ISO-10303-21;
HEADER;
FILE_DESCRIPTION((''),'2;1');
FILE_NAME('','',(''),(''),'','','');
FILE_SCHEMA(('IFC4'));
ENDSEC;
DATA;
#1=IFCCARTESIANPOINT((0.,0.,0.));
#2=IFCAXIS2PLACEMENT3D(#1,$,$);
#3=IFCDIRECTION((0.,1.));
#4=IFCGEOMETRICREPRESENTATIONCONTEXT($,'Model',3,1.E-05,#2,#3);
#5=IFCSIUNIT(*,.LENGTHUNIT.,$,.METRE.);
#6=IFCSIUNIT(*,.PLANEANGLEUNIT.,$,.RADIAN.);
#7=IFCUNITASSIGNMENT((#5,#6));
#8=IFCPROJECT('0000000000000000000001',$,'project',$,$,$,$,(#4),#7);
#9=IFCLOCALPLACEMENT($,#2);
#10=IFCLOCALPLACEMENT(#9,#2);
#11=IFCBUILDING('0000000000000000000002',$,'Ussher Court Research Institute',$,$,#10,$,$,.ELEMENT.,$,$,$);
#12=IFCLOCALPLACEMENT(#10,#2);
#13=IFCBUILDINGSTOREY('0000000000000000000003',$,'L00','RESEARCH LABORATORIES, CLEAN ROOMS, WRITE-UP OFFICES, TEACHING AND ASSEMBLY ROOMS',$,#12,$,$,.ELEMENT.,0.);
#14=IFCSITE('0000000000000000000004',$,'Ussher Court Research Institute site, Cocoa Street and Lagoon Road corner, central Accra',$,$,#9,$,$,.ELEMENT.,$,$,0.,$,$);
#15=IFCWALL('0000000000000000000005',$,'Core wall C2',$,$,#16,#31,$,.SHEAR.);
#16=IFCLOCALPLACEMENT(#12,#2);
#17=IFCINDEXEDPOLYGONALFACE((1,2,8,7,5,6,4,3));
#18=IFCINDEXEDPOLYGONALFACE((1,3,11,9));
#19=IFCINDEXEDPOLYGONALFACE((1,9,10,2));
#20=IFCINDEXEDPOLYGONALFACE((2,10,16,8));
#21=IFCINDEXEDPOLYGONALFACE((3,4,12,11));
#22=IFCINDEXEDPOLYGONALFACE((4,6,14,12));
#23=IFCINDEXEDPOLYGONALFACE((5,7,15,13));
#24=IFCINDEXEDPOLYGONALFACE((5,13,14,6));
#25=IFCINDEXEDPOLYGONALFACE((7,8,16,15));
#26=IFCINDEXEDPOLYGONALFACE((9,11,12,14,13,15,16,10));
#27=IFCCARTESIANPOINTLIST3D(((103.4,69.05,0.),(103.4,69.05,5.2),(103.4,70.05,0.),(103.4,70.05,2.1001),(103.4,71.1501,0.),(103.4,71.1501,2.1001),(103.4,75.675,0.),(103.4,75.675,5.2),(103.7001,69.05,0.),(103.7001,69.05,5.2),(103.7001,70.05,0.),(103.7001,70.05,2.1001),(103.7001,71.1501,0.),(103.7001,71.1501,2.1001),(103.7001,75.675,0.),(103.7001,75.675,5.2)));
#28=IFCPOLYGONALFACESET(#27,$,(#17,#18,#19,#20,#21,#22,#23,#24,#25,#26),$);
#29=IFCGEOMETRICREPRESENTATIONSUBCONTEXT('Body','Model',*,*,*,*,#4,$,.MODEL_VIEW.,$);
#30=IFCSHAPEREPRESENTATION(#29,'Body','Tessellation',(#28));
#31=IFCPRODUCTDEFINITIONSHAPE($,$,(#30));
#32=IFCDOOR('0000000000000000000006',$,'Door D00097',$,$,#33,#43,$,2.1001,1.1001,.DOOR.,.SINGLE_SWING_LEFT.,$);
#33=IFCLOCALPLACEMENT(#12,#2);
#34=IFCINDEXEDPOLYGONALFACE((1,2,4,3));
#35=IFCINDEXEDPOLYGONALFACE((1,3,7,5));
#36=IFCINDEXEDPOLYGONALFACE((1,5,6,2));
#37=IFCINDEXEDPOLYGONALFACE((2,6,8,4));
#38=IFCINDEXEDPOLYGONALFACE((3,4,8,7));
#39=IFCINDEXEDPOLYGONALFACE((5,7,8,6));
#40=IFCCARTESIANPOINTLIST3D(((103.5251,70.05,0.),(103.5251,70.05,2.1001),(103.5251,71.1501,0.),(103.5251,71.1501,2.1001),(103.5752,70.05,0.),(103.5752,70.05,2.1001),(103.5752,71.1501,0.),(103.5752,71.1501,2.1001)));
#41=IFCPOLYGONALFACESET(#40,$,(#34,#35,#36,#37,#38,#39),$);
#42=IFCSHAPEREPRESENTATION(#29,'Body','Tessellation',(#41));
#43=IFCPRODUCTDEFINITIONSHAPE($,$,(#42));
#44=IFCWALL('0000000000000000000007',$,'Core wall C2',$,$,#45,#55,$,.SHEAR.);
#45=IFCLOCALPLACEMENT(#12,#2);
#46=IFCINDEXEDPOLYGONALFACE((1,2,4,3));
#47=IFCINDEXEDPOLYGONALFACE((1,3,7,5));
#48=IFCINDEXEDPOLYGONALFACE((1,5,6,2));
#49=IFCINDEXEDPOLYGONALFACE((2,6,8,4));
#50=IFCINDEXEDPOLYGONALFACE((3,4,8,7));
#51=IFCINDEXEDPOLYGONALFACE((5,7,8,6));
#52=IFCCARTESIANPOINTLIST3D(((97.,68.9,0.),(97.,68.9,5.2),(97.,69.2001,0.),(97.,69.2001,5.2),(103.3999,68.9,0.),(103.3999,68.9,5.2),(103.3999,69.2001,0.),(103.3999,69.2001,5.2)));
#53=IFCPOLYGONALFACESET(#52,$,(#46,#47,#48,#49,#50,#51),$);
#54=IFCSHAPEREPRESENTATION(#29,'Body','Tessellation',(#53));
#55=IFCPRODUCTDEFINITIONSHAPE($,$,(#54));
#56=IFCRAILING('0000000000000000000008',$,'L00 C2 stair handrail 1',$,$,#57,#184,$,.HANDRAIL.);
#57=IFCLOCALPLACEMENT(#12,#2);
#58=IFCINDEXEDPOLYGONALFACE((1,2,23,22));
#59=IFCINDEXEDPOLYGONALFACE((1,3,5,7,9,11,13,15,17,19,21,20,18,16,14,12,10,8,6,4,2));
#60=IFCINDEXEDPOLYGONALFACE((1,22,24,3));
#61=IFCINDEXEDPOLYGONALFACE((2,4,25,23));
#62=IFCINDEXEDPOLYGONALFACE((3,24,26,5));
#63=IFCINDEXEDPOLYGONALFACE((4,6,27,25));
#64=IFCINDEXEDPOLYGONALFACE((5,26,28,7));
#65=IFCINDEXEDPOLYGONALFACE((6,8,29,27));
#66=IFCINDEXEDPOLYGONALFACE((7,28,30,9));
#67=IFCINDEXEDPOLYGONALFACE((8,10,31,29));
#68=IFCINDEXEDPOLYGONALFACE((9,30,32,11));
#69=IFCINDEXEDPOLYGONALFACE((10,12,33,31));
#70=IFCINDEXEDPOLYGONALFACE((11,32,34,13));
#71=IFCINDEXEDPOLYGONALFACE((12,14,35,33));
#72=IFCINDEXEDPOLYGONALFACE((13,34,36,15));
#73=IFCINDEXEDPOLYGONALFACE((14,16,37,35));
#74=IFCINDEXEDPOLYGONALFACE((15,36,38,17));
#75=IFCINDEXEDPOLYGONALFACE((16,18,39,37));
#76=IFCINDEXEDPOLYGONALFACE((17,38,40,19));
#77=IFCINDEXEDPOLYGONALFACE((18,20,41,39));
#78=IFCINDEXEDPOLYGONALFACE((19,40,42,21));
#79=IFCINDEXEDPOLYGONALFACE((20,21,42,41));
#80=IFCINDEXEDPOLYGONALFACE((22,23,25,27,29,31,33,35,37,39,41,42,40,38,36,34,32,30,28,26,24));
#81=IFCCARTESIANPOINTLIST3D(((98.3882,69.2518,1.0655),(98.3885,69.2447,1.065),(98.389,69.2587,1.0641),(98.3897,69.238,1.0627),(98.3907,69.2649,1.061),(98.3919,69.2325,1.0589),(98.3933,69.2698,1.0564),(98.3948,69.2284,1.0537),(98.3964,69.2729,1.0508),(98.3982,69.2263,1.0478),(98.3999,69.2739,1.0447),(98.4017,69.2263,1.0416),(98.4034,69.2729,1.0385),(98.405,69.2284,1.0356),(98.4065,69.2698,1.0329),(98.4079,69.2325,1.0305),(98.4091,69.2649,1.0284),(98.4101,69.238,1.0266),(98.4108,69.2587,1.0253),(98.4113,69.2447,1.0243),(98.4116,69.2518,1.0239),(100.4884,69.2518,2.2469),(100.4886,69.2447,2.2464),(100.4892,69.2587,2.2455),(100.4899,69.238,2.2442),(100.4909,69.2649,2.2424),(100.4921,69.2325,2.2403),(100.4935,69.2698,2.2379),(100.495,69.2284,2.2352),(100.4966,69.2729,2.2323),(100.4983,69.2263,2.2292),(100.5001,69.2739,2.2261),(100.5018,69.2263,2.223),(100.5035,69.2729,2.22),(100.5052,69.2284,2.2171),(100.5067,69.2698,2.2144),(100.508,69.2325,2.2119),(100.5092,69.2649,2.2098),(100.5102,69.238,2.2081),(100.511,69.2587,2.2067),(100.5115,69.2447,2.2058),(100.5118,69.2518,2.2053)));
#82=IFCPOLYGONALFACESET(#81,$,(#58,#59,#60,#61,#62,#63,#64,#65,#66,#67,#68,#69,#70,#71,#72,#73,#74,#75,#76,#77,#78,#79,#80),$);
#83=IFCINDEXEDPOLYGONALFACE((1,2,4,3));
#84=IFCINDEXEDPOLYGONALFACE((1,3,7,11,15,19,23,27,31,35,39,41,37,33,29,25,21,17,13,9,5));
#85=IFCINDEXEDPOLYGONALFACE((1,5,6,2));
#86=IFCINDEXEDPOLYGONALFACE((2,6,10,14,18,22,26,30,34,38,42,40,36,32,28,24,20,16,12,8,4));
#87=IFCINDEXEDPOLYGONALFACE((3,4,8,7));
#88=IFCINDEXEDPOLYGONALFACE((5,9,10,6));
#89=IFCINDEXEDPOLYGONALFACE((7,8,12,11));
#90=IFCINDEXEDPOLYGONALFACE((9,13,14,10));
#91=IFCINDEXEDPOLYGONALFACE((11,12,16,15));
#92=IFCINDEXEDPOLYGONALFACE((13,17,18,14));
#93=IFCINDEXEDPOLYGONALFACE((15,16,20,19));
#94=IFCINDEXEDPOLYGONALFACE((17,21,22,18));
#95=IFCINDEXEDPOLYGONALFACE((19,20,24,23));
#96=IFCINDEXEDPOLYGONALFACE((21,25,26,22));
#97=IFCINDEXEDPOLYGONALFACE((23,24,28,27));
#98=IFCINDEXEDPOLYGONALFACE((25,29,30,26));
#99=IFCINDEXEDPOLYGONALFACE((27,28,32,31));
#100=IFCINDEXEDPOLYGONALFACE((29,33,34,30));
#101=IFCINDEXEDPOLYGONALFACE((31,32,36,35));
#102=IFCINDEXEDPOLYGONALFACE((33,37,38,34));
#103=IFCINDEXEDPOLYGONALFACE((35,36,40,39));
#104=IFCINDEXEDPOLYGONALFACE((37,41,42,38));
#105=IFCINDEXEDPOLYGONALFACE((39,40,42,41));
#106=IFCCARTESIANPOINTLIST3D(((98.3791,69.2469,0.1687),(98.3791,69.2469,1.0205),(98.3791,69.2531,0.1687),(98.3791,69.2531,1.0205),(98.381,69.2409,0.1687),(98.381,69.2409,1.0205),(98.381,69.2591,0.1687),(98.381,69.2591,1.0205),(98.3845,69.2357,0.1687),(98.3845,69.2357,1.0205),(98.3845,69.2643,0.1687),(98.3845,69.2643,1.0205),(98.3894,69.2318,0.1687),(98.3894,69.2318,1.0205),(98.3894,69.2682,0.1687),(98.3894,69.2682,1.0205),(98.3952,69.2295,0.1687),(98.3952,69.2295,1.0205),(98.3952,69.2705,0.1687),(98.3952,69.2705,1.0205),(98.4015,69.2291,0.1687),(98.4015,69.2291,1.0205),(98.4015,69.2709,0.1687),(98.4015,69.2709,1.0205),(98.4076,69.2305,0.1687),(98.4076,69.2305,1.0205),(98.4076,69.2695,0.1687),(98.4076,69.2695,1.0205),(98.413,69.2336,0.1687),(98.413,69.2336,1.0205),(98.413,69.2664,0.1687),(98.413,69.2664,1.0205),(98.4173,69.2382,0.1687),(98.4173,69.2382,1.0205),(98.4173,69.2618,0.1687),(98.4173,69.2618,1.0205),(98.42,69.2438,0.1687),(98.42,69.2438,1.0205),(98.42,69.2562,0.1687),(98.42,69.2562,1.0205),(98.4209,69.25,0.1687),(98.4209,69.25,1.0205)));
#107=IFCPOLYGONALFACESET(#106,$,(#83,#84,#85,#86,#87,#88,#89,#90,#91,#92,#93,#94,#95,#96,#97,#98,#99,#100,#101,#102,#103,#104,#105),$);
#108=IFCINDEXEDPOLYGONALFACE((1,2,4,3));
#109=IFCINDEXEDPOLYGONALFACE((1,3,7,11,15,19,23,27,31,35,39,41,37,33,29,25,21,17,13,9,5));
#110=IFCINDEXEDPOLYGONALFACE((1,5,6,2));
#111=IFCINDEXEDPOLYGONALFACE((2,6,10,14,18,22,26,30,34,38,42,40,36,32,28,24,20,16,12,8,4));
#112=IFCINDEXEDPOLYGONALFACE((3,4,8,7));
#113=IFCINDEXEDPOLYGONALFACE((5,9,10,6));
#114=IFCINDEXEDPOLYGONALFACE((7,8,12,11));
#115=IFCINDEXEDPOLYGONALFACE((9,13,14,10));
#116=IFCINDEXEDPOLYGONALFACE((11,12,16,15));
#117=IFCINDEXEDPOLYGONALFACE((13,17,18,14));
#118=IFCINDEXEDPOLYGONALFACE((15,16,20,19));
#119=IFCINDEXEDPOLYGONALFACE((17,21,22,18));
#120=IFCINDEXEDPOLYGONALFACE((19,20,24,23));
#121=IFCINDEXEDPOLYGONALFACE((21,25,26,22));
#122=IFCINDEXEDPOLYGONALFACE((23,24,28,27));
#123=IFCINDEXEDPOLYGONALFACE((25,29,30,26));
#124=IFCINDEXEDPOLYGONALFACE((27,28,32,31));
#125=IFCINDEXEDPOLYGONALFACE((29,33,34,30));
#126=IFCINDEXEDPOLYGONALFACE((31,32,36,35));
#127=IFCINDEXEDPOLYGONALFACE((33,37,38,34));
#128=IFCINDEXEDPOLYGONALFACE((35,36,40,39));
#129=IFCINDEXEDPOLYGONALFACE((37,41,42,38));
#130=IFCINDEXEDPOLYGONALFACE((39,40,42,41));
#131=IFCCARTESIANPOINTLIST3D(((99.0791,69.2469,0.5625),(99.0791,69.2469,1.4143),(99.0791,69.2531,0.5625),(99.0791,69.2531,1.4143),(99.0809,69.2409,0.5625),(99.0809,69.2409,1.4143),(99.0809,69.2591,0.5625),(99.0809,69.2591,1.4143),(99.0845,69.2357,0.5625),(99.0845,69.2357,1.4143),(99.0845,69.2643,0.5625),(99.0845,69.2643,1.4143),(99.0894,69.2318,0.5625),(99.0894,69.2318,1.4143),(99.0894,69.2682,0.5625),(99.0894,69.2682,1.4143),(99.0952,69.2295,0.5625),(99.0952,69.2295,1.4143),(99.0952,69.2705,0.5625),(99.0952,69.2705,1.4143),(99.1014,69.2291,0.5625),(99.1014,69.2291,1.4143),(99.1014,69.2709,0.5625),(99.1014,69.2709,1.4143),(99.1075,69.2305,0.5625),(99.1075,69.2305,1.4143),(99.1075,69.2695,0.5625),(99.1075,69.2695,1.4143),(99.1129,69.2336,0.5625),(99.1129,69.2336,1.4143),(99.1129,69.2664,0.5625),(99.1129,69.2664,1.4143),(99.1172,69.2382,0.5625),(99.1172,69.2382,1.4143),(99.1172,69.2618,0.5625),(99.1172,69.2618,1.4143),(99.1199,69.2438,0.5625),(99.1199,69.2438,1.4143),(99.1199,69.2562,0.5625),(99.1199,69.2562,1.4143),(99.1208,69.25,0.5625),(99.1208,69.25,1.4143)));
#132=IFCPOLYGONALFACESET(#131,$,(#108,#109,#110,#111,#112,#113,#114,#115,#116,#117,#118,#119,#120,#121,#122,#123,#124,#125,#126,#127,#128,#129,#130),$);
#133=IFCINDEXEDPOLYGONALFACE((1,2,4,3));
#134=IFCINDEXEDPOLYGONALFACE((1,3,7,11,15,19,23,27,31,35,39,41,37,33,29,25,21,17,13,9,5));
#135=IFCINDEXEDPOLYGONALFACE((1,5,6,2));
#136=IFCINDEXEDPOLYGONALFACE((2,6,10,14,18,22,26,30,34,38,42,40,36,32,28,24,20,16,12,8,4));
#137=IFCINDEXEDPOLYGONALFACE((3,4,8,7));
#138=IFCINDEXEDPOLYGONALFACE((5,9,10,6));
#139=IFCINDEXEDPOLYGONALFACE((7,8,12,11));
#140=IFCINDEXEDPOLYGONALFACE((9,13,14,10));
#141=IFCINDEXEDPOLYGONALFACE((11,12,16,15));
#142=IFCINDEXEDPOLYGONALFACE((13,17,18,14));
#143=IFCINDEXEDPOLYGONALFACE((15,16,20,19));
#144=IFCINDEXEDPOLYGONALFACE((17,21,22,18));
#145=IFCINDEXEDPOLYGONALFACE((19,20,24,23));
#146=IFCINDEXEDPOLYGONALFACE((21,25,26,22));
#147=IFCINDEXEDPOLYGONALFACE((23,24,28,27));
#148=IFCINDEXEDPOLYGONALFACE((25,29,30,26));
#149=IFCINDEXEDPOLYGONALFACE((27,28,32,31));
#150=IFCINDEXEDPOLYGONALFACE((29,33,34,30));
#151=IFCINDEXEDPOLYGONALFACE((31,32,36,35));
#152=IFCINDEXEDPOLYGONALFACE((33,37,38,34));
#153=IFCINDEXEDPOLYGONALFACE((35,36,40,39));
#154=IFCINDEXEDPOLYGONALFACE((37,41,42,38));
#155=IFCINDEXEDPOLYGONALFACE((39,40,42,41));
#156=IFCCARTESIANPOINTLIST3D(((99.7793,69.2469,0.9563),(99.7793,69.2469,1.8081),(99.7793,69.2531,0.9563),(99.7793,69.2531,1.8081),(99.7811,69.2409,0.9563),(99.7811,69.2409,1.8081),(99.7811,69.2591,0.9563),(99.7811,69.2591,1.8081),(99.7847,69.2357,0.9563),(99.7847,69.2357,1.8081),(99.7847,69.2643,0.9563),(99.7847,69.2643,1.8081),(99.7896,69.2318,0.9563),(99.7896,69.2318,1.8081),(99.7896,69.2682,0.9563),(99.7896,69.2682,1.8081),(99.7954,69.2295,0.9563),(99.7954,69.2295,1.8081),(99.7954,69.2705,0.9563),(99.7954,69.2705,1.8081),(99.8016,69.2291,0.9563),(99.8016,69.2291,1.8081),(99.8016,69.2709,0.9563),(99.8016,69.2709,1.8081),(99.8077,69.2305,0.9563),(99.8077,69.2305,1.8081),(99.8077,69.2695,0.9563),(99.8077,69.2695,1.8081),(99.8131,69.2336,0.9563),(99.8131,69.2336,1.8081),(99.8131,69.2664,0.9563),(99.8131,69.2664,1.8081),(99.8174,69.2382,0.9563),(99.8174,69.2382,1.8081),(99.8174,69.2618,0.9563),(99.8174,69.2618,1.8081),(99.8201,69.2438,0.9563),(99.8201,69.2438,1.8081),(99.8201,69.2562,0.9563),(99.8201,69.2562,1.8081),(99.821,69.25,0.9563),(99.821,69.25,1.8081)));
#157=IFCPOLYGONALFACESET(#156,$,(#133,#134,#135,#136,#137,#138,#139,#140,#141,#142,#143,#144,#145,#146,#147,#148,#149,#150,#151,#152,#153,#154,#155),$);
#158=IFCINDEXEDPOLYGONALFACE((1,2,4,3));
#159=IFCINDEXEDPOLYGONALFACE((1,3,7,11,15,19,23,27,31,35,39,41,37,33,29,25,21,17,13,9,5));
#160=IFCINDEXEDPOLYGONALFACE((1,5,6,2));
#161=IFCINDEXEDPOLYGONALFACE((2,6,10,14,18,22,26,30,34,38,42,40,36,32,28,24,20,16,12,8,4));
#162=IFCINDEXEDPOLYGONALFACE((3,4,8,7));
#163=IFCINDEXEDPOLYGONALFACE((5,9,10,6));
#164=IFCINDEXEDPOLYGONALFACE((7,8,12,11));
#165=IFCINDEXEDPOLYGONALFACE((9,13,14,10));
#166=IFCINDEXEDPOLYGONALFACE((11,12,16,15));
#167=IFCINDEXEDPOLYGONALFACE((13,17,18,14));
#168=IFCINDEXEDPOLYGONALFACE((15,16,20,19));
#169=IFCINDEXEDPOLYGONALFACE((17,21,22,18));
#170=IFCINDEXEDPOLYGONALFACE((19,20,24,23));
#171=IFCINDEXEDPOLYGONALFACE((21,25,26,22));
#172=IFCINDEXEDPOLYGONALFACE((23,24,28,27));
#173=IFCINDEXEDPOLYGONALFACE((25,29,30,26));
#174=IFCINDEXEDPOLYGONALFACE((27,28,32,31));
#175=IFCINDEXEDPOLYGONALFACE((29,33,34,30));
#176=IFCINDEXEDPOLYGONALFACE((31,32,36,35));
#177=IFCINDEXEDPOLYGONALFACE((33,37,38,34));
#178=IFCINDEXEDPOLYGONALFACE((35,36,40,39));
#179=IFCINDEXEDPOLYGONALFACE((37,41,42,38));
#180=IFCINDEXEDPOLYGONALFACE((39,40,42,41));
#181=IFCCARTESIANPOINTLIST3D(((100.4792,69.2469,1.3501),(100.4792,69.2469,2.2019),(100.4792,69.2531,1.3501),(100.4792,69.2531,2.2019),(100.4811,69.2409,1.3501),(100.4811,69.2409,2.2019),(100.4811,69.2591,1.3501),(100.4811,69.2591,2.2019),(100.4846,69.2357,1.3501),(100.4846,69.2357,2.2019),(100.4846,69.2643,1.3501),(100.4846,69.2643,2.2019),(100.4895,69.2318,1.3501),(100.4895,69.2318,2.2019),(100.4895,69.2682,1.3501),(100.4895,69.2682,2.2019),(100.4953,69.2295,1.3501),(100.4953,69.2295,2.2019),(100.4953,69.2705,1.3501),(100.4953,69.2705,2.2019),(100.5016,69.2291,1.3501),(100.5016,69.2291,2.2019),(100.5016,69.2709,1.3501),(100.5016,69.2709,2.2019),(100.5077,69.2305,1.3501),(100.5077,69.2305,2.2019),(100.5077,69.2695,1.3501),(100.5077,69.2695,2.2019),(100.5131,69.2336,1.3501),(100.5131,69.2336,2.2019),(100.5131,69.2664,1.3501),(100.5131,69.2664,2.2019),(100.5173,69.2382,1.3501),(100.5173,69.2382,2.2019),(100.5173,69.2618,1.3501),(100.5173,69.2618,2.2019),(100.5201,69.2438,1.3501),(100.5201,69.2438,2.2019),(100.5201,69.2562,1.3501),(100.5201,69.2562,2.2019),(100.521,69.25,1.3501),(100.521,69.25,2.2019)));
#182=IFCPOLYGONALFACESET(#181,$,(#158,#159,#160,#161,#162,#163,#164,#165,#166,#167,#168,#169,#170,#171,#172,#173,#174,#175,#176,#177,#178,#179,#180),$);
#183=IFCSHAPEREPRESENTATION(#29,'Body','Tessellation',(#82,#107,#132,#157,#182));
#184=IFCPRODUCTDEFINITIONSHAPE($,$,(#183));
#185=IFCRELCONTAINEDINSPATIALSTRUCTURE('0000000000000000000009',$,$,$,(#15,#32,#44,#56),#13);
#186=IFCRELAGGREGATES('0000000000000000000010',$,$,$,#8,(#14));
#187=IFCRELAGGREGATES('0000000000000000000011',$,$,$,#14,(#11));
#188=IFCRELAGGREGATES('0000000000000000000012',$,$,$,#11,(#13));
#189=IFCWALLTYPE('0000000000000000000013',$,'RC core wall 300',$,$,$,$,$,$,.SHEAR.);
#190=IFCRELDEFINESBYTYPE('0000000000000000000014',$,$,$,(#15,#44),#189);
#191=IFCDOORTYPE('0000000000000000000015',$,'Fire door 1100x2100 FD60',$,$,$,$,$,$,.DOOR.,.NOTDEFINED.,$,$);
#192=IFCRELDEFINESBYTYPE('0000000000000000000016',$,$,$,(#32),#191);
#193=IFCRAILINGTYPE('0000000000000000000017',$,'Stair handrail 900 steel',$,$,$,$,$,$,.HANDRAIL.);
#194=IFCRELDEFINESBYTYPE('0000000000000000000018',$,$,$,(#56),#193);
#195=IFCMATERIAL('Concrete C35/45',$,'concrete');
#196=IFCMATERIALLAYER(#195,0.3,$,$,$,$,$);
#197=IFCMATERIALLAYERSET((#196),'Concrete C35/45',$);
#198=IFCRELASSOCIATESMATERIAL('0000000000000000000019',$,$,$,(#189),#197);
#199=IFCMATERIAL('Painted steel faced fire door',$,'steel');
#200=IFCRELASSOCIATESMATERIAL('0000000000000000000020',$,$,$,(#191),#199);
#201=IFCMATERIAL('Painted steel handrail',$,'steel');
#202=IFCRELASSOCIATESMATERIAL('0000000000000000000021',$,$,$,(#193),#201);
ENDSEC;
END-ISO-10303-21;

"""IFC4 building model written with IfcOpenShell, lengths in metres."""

from ifc_helpers import new_model, si_unit, direction, frame, frame_2d, origin, origin_2d, place, context, subcontext, project, spatial, rectangle, circle, extrude, material, layer, layer_set, type_object, element, fill, save


model = new_model("IFC4")

# Units and contexts
model_context = context("Model", 3, precision=1e-05, world=origin(), true_north=direction((0.0, 1.0)))
body_context = subcontext(model_context, "Body", "Model", "MODEL_VIEW")
ifc_project = project(units=[si_unit("LENGTHUNIT", "METRE"), si_unit("PLANEANGLEUNIT", "RADIAN")], contexts=[model_context])

# Site, building, storey
site_placement = place(None, origin())
site = spatial("IfcSite", under=ifc_project, at=site_placement, Name="Ussher Court Research Institute site, Cocoa Street and Lagoon Road corner, central Accra", CompositionType="ELEMENT", RefElevation=0.0)
building_placement = place(site_placement, origin())
building = spatial("IfcBuilding", under=site, at=building_placement, Name="Ussher Court Research Institute", CompositionType="ELEMENT")
storey_placement = place(building_placement, origin())
storey = spatial("IfcBuildingStorey", under=building, at=storey_placement, Name="L00", Description="RESEARCH LABORATORIES, CLEAN ROOMS, WRITE-UP OFFICES, TEACHING AND ASSEMBLY ROOMS", CompositionType="ELEMENT", Elevation=0.0)

# Wall, opening, door
ifc_material_1 = material(Name="Concrete C35/45", Category="concrete")
ifc_layer_1 = layer(ifc_material_1, 0.3)
ifc_layer_set_1 = layer_set([ifc_layer_1], Name="Concrete C35/45")
wall_type_1 = type_object("IfcWallType", Name="RC core wall 300", PredefinedType="SHEAR", material=ifc_layer_set_1)
wall_1_placement = place(storey_placement, frame((103.55, 69.05, 0.0), z_axis=(0.0, 0.0, 1.0), x_axis=(0.0, 1.0, 0.0)))
wall_1 = element("IfcWall", 1, at=wall_1_placement, inside=storey, type_object=wall_type_1, Name="Core wall C2", PredefinedType="SHEAR", context=body_context, shape_type="SweptSolid", body=[
    extrude(rectangle(XDim=6.625, YDim=0.3, at=frame_2d((3.3125, 0.0))), origin(), (0.0, 0.0, 1.0), 5.2),
])
opening_placement = place(wall_1_placement, frame((1.0, 0.0, 0.0)))
opening = element("IfcOpeningElement", 2, at=opening_placement, cuts=wall_1, PredefinedType="OPENING", context=body_context, shape_type="SweptSolid", body=[
    extrude(rectangle(XDim=1.1001, YDim=2.1001, at=frame_2d((0.55, 1.05))), frame((0.0, 0.1602, 0.0), z_axis=(0.0, -1.0, 0.0), x_axis=(1.0, 0.0, 0.0)), (0.0, 0.0, 1.0), 0.3201),
])
ifc_material_2 = material(Name="Painted steel faced fire door", Category="steel")
door_type = type_object("IfcDoorType", Name="Fire door 1100x2100 FD60", OperationType="NOTDEFINED", PredefinedType="DOOR", material=ifc_material_2)
door_placement = place(opening_placement, origin())
door = element("IfcDoor", 3, at=door_placement, inside=storey, type_object=door_type, Name="Door D00097", OperationType="SINGLE_SWING_LEFT", OverallHeight=2.1001, OverallWidth=1.1001, PredefinedType="DOOR", context=body_context, shape_type="SweptSolid", body=[
    extrude(rectangle(XDim=1.1001, YDim=2.1001, at=frame_2d((0.55, 1.05))), frame((0.0, 0.0249, 0.0), z_axis=(0.0, -1.0, 0.0), x_axis=(1.0, 0.0, 0.0)), (0.0, 0.0, 1.0), 0.05),
])
fill(opening, door)

# Wall
wall_2_placement = place(storey_placement, frame((97.0, 69.05, 0.0), z_axis=(0.0, 0.0, 1.0), x_axis=(1.0, 0.0, 0.0)))
element("IfcWall", 4, at=wall_2_placement, inside=storey, type_object=wall_type_1, Name="Core wall C2", PredefinedType="SHEAR", context=body_context, shape_type="SweptSolid", body=[
    extrude(rectangle(XDim=6.3999, YDim=0.3, at=frame_2d((3.2, 0.0))), origin(), (0.0, 0.0, 1.0), 5.2),
])

# Railing
ifc_material_3 = material(Name="Painted steel handrail", Category="steel")
railing_type = type_object("IfcRailingType", Name="Stair handrail 900 steel", PredefinedType="HANDRAIL", material=ifc_material_3)
for number, where, name in (
    (5, (98.3999, 69.25, 0.1687), "L00 C2 stair handrail 1"),
):
    element("IfcRailing", number, at=place(storey_placement, frame(where)), inside=storey, type_object=railing_type, Name=name, PredefinedType="HANDRAIL", context=body_context, shape_type="SweptSolid", body=[
        extrude(circle(Radius=0.0239, at=origin_2d()), frame((0.0, 0.0, 0.876), z_axis=(0.871559, 0.0, 0.49029), x_axis=(0.0, 1.0, 0.0)), (0.0, 0.0, 1.0), 2.4097),
        extrude(circle(Radius=0.021, at=origin_2d()), origin(), (0.0, 0.0, 1.0), 0.8518),
        extrude(circle(Radius=0.021, at=origin_2d()), frame((0.7, 0.0, 0.3938)), (0.0, 0.0, 1.0), 0.8518),
        extrude(circle(Radius=0.021, at=origin_2d()), frame((1.4001, 0.0, 0.7876)), (0.0, 0.0, 1.0), 0.8518),
        extrude(circle(Radius=0.021, at=origin_2d()), frame((2.1001, 0.0, 1.1814)), (0.0, 0.0, 1.0), 0.8518),
    ])

save(model, "model.ifc")
